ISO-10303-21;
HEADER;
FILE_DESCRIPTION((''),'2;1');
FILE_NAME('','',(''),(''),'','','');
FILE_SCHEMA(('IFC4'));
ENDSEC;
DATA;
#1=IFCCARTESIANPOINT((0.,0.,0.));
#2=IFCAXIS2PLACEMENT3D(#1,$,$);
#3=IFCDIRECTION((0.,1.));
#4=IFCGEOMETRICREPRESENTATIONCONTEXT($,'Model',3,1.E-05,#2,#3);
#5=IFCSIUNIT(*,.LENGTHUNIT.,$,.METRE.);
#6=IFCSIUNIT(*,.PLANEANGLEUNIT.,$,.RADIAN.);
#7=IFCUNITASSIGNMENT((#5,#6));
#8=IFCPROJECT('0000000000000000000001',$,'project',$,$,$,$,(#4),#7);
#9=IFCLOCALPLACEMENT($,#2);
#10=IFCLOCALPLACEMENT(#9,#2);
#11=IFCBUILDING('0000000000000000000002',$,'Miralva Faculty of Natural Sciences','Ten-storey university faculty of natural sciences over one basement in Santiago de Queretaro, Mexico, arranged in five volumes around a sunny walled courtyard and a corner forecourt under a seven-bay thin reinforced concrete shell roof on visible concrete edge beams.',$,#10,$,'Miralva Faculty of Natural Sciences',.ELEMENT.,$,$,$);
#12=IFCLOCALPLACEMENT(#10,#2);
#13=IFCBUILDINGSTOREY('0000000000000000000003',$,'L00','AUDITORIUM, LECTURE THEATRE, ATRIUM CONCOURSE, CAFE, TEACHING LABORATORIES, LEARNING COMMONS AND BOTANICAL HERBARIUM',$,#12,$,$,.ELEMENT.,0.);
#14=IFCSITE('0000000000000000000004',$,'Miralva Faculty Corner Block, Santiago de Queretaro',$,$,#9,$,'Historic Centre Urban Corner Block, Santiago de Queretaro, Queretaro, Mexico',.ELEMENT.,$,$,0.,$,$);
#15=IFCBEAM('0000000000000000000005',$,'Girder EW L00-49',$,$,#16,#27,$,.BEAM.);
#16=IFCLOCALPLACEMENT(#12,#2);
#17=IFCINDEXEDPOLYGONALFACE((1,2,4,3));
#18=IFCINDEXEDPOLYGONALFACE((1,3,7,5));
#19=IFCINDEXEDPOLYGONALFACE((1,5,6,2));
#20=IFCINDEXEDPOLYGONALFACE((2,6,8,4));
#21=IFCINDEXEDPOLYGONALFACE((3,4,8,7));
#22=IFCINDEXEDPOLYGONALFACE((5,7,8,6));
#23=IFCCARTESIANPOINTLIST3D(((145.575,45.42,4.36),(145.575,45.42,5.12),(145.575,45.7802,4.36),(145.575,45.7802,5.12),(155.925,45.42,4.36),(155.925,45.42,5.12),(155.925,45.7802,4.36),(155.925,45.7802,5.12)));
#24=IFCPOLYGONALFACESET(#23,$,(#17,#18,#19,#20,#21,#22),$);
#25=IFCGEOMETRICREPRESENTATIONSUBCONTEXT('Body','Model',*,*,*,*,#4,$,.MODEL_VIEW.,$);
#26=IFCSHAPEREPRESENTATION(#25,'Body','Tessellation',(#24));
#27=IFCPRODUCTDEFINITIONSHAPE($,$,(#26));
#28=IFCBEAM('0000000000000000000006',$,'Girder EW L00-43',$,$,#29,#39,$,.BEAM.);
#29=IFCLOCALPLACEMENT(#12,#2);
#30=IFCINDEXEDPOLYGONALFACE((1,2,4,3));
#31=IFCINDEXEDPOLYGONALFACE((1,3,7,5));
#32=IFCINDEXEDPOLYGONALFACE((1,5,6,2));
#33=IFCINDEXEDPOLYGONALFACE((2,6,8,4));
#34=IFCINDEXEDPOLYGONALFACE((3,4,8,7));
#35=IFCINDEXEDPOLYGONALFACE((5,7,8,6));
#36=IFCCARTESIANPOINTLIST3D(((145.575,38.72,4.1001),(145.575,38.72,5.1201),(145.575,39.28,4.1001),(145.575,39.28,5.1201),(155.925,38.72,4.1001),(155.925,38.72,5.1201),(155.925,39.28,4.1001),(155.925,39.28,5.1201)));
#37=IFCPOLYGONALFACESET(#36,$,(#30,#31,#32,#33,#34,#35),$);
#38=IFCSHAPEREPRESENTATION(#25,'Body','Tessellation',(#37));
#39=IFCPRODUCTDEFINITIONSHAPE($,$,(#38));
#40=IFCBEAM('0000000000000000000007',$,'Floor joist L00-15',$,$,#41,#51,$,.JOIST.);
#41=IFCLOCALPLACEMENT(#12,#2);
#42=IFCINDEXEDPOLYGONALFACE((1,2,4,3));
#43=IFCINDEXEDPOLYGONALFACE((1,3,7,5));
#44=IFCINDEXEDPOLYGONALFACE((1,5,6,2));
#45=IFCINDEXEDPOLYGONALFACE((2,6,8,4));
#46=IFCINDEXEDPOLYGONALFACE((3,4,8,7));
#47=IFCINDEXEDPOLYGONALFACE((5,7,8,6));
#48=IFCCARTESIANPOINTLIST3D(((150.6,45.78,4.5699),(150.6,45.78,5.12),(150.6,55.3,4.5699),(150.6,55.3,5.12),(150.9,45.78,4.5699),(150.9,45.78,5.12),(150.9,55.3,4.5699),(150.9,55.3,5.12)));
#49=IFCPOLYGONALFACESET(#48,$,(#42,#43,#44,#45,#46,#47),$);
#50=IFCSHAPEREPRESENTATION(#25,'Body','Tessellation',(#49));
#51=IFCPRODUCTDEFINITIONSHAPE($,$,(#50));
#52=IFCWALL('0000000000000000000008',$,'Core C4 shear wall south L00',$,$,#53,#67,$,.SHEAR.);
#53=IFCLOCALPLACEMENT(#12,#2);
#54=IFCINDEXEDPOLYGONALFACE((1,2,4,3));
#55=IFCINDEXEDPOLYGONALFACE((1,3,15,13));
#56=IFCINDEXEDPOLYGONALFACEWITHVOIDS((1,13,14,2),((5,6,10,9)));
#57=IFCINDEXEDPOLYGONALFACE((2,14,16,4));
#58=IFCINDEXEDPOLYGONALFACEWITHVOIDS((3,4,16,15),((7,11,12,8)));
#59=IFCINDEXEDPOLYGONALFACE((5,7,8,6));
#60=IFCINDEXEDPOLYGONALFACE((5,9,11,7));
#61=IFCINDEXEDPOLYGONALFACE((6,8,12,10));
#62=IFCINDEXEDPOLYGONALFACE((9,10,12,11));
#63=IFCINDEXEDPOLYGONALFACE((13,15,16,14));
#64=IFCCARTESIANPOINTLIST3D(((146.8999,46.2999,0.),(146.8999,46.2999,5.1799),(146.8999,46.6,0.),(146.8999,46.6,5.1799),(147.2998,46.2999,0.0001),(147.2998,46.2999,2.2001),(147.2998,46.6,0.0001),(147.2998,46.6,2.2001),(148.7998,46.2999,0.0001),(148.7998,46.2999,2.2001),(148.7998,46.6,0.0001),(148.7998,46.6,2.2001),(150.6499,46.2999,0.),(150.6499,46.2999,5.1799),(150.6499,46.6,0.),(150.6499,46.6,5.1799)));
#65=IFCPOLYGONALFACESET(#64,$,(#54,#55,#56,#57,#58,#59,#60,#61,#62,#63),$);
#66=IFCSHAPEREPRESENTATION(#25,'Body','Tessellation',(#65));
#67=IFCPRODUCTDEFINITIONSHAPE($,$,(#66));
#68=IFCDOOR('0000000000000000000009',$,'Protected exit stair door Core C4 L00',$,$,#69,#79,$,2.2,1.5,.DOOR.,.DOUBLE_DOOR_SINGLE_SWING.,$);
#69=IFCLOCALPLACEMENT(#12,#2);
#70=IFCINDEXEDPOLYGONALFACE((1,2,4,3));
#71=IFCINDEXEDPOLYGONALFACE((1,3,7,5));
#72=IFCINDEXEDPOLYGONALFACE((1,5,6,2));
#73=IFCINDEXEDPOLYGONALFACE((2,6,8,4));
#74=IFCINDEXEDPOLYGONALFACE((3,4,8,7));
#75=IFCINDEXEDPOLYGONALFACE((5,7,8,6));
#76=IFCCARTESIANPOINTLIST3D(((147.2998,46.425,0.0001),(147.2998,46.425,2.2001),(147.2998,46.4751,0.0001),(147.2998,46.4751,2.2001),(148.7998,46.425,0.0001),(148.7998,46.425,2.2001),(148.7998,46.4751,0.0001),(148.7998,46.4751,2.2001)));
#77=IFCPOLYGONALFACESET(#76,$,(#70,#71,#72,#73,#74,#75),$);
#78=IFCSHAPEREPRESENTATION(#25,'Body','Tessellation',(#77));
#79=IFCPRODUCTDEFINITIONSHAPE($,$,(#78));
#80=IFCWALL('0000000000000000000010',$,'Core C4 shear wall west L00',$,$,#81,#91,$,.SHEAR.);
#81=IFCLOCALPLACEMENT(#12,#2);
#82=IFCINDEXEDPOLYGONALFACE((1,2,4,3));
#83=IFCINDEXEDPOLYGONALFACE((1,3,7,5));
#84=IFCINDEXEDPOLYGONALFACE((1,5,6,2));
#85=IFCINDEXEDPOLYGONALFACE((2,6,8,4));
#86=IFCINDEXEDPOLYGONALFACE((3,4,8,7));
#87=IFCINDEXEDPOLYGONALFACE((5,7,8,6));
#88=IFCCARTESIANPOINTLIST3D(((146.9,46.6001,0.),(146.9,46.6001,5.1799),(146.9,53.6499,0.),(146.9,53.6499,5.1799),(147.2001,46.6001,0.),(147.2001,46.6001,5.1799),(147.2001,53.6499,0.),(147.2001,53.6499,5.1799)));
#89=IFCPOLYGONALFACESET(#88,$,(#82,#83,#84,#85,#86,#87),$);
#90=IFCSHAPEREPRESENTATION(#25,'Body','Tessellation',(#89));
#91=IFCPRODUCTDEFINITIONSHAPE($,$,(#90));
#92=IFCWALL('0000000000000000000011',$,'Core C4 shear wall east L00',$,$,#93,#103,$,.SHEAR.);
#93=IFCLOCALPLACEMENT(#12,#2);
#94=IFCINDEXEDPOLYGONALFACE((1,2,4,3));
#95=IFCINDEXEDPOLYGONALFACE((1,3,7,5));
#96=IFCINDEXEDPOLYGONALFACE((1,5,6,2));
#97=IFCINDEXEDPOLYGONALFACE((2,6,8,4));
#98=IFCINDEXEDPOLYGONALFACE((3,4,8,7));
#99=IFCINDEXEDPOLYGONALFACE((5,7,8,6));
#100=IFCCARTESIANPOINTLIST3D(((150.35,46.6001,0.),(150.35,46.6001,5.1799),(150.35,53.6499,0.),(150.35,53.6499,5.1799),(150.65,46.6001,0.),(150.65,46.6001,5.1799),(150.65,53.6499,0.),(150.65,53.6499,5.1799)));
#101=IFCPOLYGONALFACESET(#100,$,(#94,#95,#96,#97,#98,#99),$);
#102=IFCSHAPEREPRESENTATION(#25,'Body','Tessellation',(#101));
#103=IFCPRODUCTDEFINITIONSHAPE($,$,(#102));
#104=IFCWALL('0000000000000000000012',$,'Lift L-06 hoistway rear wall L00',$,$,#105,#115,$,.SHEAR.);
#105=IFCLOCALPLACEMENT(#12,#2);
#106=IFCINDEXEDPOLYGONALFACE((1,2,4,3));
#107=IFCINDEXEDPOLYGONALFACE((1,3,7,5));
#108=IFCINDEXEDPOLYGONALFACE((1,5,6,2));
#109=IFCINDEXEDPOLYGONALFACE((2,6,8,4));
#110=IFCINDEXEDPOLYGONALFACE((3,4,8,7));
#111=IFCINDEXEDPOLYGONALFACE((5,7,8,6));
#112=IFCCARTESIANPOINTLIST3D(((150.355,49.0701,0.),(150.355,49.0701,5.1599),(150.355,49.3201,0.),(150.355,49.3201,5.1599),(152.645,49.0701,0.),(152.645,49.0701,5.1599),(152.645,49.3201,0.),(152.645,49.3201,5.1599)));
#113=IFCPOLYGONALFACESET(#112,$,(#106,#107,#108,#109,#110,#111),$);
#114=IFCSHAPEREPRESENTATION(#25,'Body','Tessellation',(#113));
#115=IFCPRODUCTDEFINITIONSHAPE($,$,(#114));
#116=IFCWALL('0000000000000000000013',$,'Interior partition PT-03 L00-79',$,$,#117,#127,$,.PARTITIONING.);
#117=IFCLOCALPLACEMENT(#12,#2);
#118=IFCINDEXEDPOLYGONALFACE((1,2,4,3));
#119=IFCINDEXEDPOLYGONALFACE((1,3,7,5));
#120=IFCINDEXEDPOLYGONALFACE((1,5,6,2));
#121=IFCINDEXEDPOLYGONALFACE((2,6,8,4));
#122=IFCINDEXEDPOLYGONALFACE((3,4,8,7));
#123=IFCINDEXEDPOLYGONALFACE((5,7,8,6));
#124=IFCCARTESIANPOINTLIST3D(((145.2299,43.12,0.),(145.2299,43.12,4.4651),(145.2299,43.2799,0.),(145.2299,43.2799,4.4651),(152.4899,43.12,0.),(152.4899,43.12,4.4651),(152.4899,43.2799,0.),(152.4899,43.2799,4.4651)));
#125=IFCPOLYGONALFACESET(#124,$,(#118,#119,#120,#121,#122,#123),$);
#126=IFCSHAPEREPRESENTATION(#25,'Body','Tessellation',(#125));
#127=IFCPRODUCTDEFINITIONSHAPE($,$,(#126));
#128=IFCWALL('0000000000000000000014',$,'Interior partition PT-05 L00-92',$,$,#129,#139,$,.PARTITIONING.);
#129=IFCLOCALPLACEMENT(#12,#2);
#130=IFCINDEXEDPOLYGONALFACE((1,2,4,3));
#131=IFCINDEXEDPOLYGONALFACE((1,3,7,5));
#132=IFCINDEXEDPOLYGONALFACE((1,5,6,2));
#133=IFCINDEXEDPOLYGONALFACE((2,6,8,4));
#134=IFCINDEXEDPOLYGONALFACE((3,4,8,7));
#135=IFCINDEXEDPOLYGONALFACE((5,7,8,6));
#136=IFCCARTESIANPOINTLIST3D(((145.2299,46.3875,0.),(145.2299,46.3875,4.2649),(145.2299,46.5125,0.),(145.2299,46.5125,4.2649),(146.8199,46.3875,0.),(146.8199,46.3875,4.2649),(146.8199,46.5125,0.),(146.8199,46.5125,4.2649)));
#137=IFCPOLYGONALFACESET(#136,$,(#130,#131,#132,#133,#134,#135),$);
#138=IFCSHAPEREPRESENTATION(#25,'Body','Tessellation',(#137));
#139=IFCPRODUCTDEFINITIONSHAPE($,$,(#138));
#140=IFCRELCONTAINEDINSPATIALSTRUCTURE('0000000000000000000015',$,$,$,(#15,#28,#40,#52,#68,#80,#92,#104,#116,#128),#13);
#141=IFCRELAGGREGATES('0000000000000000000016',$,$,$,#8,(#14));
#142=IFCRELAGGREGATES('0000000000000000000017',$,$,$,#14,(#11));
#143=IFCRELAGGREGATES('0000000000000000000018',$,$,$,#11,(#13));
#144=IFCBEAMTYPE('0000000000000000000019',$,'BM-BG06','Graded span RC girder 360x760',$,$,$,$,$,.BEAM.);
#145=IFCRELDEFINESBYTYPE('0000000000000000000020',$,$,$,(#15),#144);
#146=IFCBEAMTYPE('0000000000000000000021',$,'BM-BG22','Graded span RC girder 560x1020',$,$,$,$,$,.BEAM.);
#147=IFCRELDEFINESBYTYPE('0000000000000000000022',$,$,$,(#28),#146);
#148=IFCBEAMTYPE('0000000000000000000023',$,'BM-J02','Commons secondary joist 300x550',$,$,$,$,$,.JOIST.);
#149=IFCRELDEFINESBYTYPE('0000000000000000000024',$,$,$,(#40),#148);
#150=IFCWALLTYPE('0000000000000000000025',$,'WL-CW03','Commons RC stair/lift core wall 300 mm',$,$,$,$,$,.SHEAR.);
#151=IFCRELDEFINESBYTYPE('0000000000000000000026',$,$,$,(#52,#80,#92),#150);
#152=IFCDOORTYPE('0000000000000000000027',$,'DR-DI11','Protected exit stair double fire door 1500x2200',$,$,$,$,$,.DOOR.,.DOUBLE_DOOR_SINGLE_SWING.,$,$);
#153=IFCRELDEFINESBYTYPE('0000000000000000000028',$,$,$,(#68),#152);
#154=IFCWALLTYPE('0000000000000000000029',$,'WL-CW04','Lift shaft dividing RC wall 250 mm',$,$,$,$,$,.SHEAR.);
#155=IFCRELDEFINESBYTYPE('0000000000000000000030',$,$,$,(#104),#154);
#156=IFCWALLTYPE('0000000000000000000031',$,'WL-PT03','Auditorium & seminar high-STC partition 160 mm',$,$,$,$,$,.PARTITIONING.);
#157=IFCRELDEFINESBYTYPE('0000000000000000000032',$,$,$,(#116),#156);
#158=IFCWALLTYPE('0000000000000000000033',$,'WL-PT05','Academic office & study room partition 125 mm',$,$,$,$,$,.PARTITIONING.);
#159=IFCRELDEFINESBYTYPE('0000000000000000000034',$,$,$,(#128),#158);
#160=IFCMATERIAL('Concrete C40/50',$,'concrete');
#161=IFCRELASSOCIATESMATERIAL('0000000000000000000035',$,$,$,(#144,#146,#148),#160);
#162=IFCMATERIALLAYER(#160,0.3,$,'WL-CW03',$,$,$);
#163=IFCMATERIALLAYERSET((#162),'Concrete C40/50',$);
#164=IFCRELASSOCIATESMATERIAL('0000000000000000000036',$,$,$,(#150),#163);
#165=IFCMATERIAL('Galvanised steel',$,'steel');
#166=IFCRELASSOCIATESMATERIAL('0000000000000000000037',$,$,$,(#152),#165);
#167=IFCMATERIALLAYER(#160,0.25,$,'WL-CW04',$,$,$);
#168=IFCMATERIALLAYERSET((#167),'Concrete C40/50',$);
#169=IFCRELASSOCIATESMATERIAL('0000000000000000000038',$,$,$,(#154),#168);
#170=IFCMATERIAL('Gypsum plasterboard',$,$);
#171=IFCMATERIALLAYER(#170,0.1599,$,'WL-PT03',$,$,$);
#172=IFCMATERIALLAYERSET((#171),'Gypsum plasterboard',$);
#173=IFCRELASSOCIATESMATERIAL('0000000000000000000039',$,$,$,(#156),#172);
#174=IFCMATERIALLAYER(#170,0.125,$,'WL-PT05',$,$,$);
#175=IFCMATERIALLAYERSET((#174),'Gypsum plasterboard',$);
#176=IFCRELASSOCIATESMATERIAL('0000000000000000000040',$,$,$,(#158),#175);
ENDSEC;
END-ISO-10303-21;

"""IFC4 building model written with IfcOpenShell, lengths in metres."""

from ifc_helpers import new_model, si_unit, direction, frame, frame_2d, origin, origin_2d, place, context, subcontext, project, spatial, rectangle, extrude, material, layer, layer_set, material_profile, profile_set, type_object, element, fill, save


model = new_model("IFC4")

# Units and contexts
model_context = context("Model", 3, precision=1e-05, world=origin(), true_north=direction((0.0, 1.0)))
body_context = subcontext(model_context, "Body", "Model", "MODEL_VIEW")
ifc_project = project(units=[si_unit("LENGTHUNIT", "METRE"), si_unit("PLANEANGLEUNIT", "RADIAN")], contexts=[model_context])

# Site, building, storey
site_placement = place(None, origin())
site = spatial("IfcSite", under=ifc_project, at=site_placement, Name="Miralva Faculty Corner Block, Santiago de Queretaro", LongName="Historic Centre Urban Corner Block, Santiago de Queretaro, Queretaro, Mexico", CompositionType="ELEMENT", RefElevation=0.0)
building_placement = place(site_placement, origin())
building = spatial("IfcBuilding", under=site, at=building_placement, Name="Miralva Faculty of Natural Sciences", Description="Ten-storey university faculty of natural sciences over one basement in Santiago de Queretaro, Mexico, arranged in five volumes around a sunny walled courtyard and a corner forecourt under a seven-bay thin reinforced concrete shell roof on visible concrete edge beams.", LongName="Miralva Faculty of Natural Sciences", CompositionType="ELEMENT")
storey_placement = place(building_placement, origin())
storey = spatial("IfcBuildingStorey", under=building, at=storey_placement, Name="L00", Description="AUDITORIUM, LECTURE THEATRE, ATRIUM CONCOURSE, CAFE, TEACHING LABORATORIES, LEARNING COMMONS AND BOTANICAL HERBARIUM", CompositionType="ELEMENT", Elevation=0.0)

# Beams
ifc_material_1 = material(Name="Concrete C40/50", Category="concrete")
ifc_material_profile_1 = material_profile(ifc_material_1, rectangle(XDim=0.3601, YDim=0.76, at=origin_2d()), Name="RC 360x760")
ifc_profile_set_1 = profile_set([ifc_material_profile_1], Name="Concrete C40/50")
beam_type_1 = type_object("IfcBeamType", Name="BM-BG06", Description="Graded span RC girder 360x760", PredefinedType="BEAM", material=ifc_profile_set_1)
beam_1_placement = place(storey_placement, frame((145.575, 45.6001, 4.74), z_axis=(1.0, 0.0, 0.0), x_axis=(0.0, 1.0, 0.0)))
element("IfcBeam", 1, at=beam_1_placement, inside=storey, type_object=beam_type_1, Name="Girder EW L00-49", PredefinedType="BEAM", context=body_context, shape_type="SweptSolid", body=[
    extrude(rectangle(XDim=0.3601, YDim=0.76, at=origin_2d()), origin(), (0.0, 0.0, 1.0), 10.3501),
])
ifc_material_profile_2 = material_profile(ifc_material_1, rectangle(XDim=0.5601, YDim=1.02, at=origin_2d()), Name="RC 560x1020")
ifc_profile_set_2 = profile_set([ifc_material_profile_2], Name="Concrete C40/50")
beam_type_2 = type_object("IfcBeamType", Name="BM-BG22", Description="Graded span RC girder 560x1020", PredefinedType="BEAM", material=ifc_profile_set_2)
beam_2_placement = place(storey_placement, frame((145.575, 39.0, 4.6101), z_axis=(1.0, 0.0, 0.0), x_axis=(0.0, 1.0, 0.0)))
element("IfcBeam", 2, at=beam_2_placement, inside=storey, type_object=beam_type_2, Name="Girder EW L00-43", PredefinedType="BEAM", context=body_context, shape_type="SweptSolid", body=[
    extrude(rectangle(XDim=0.5601, YDim=1.02, at=origin_2d()), origin(), (0.0, 0.0, 1.0), 10.3501),
])
ifc_material_profile_3 = material_profile(ifc_material_1, rectangle(XDim=0.3, YDim=0.55, at=origin_2d()), Name="RC 300x550")
ifc_profile_set_3 = profile_set([ifc_material_profile_3], Name="Concrete C40/50")
beam_type_3 = type_object("IfcBeamType", Name="BM-J02", Description="Commons secondary joist 300x550", PredefinedType="JOIST", material=ifc_profile_set_3)
beam_3_placement = place(storey_placement, frame((150.75, 45.78, 4.845), z_axis=(0.0, 1.0, 0.0), x_axis=(-1.0, 0.0, 0.0)))
element("IfcBeam", 3, at=beam_3_placement, inside=storey, type_object=beam_type_3, Name="Floor joist L00-15", PredefinedType="JOIST", context=body_context, shape_type="SweptSolid", body=[
    extrude(rectangle(XDim=0.3, YDim=0.55, at=origin_2d()), origin(), (0.0, 0.0, 1.0), 9.52),
])

# Wall, opening, door
ifc_layer_1 = layer(ifc_material_1, 0.3, Name="WL-CW03")
ifc_layer_set_1 = layer_set([ifc_layer_1], Name="Concrete C40/50")
wall_type_1 = type_object("IfcWallType", Name="WL-CW03", Description="Commons RC stair/lift core wall 300 mm", PredefinedType="SHEAR", material=ifc_layer_set_1)
wall_1_placement = place(storey_placement, frame((146.8999, 46.45, 0.0), z_axis=(0.0, 0.0, 1.0), x_axis=(1.0, 0.0, 0.0)))
wall_1 = element("IfcWall", 4, at=wall_1_placement, inside=storey, type_object=wall_type_1, Name="Core C4 shear wall south L00", PredefinedType="SHEAR", context=body_context, shape_type="SweptSolid", body=[
    extrude(rectangle(XDim=3.75, YDim=0.3, at=frame_2d((1.875, 0.0))), origin(), (0.0, 0.0, 1.0), 5.1799),
])
opening_1_placement = place(wall_1_placement, frame((0.3999, 0.0, 0.0)))
opening_1 = element("IfcOpeningElement", 5, at=opening_1_placement, cuts=wall_1, PredefinedType="OPENING", context=body_context, shape_type="SweptSolid", body=[
    extrude(rectangle(XDim=1.5, YDim=2.2, at=frame_2d((0.75, 1.1001))), frame((0.0, 0.1599, 0.0), z_axis=(0.0, -1.0, 0.0), x_axis=(1.0, 0.0, 0.0)), (0.0, 0.0, 1.0), 0.3201),
])
ifc_material_2 = material(Name="Galvanised steel", Category="steel")
door_type_1 = type_object("IfcDoorType", Name="DR-DI11", Description="Protected exit stair double fire door 1500x2200", OperationType="DOUBLE_DOOR_SINGLE_SWING", PredefinedType="DOOR", material=ifc_material_2)
door_1_placement = place(opening_1_placement, frame((1.5, 0.0, 0.0), z_axis=(0.0, 0.0, 1.0), x_axis=(-1.0, 0.0, 0.0)))
door_1 = element("IfcDoor", 6, at=door_1_placement, inside=storey, type_object=door_type_1, Name="Protected exit stair door Core C4 L00", OperationType="DOUBLE_DOOR_SINGLE_SWING", OverallHeight=2.2, OverallWidth=1.5, PredefinedType="DOOR", context=body_context, shape_type="SweptSolid", body=[
    extrude(rectangle(XDim=1.5, YDim=2.2, at=frame_2d((0.75, 1.1001))), frame((0.0, 0.0249, 0.0), z_axis=(0.0, -1.0, 0.0), x_axis=(1.0, 0.0, 0.0)), (0.0, 0.0, 1.0), 0.05),
])
fill(opening_1, door_1)

# Walls
for number, where, z_axis, x_axis, name in (
    (7, (147.05, 46.6001, 0.0), (0.0, 0.0, 1.0), (0.0, 1.0, 0.0), "Core C4 shear wall west L00"),
    (8, (150.5, 46.6001, 0.0), (0.0, 0.0, 1.0), (0.0, 1.0, 0.0), "Core C4 shear wall east L00"),
):
    element("IfcWall", number, at=place(storey_placement, frame(where, z_axis=z_axis, x_axis=x_axis)), inside=storey, type_object=wall_type_1, Name=name, PredefinedType="SHEAR", context=body_context, shape_type="SweptSolid", body=[
        extrude(rectangle(XDim=7.0498, YDim=0.3, at=frame_2d((3.5249, 0.0))), origin(), (0.0, 0.0, 1.0), 5.1799),
    ])

# Shared definitions
ifc_layer_2 = layer(ifc_material_1, 0.25, Name="WL-CW04")
ifc_layer_set_2 = layer_set([ifc_layer_2], Name="Concrete C40/50")
wall_type_2 = type_object("IfcWallType", Name="WL-CW04", Description="Lift shaft dividing RC wall 250 mm", PredefinedType="SHEAR", material=ifc_layer_set_2)

# Walls
wall_2_placement = place(storey_placement, frame((150.355, 49.1951, 0.0), z_axis=(0.0, 0.0, 1.0), x_axis=(1.0, 0.0, 0.0)))
element("IfcWall", 9, at=wall_2_placement, inside=storey, type_object=wall_type_2, Name="Lift L-06 hoistway rear wall L00", PredefinedType="SHEAR", context=body_context, shape_type="SweptSolid", body=[
    extrude(rectangle(XDim=2.29, YDim=0.25, at=frame_2d((1.145, 0.0))), origin(), (0.0, 0.0, 1.0), 5.1599),
])
ifc_material_3 = material(Name="Gypsum plasterboard")
ifc_layer_3 = layer(ifc_material_3, 0.1599, Name="WL-PT03")
ifc_layer_set_3 = layer_set([ifc_layer_3], Name="Gypsum plasterboard")
wall_type_3 = type_object("IfcWallType", Name="WL-PT03", Description="Auditorium & seminar high-STC partition 160 mm", PredefinedType="PARTITIONING", material=ifc_layer_set_3)
wall_3_placement = place(storey_placement, frame((145.23, 43.2, 0.0), z_axis=(0.0, 0.0, 1.0), x_axis=(1.0, 0.0, 0.0)))
element("IfcWall", 10, at=wall_3_placement, inside=storey, type_object=wall_type_3, Name="Interior partition PT-03 L00-79", PredefinedType="PARTITIONING", context=body_context, shape_type="SweptSolid", body=[
    extrude(rectangle(XDim=7.26, YDim=0.1599, at=frame_2d((3.6299, 0.0))), origin(), (0.0, 0.0, 1.0), 4.4651),
])
ifc_layer_4 = layer(ifc_material_3, 0.125, Name="WL-PT05")
ifc_layer_set_4 = layer_set([ifc_layer_4], Name="Gypsum plasterboard")
wall_type_4 = type_object("IfcWallType", Name="WL-PT05", Description="Academic office & study room partition 125 mm", PredefinedType="PARTITIONING", material=ifc_layer_set_4)
wall_4_placement = place(storey_placement, frame((145.23, 46.45, 0.0), z_axis=(0.0, 0.0, 1.0), x_axis=(1.0, 0.0, 0.0)))
element("IfcWall", 11, at=wall_4_placement, inside=storey, type_object=wall_type_4, Name="Interior partition PT-05 L00-92", PredefinedType="PARTITIONING", context=body_context, shape_type="SweptSolid", body=[
    extrude(rectangle(XDim=1.5901, YDim=0.125, at=frame_2d((0.7949, 0.0))), origin(), (0.0, 0.0, 1.0), 4.2649),
])

save(model, "model.ifc")
